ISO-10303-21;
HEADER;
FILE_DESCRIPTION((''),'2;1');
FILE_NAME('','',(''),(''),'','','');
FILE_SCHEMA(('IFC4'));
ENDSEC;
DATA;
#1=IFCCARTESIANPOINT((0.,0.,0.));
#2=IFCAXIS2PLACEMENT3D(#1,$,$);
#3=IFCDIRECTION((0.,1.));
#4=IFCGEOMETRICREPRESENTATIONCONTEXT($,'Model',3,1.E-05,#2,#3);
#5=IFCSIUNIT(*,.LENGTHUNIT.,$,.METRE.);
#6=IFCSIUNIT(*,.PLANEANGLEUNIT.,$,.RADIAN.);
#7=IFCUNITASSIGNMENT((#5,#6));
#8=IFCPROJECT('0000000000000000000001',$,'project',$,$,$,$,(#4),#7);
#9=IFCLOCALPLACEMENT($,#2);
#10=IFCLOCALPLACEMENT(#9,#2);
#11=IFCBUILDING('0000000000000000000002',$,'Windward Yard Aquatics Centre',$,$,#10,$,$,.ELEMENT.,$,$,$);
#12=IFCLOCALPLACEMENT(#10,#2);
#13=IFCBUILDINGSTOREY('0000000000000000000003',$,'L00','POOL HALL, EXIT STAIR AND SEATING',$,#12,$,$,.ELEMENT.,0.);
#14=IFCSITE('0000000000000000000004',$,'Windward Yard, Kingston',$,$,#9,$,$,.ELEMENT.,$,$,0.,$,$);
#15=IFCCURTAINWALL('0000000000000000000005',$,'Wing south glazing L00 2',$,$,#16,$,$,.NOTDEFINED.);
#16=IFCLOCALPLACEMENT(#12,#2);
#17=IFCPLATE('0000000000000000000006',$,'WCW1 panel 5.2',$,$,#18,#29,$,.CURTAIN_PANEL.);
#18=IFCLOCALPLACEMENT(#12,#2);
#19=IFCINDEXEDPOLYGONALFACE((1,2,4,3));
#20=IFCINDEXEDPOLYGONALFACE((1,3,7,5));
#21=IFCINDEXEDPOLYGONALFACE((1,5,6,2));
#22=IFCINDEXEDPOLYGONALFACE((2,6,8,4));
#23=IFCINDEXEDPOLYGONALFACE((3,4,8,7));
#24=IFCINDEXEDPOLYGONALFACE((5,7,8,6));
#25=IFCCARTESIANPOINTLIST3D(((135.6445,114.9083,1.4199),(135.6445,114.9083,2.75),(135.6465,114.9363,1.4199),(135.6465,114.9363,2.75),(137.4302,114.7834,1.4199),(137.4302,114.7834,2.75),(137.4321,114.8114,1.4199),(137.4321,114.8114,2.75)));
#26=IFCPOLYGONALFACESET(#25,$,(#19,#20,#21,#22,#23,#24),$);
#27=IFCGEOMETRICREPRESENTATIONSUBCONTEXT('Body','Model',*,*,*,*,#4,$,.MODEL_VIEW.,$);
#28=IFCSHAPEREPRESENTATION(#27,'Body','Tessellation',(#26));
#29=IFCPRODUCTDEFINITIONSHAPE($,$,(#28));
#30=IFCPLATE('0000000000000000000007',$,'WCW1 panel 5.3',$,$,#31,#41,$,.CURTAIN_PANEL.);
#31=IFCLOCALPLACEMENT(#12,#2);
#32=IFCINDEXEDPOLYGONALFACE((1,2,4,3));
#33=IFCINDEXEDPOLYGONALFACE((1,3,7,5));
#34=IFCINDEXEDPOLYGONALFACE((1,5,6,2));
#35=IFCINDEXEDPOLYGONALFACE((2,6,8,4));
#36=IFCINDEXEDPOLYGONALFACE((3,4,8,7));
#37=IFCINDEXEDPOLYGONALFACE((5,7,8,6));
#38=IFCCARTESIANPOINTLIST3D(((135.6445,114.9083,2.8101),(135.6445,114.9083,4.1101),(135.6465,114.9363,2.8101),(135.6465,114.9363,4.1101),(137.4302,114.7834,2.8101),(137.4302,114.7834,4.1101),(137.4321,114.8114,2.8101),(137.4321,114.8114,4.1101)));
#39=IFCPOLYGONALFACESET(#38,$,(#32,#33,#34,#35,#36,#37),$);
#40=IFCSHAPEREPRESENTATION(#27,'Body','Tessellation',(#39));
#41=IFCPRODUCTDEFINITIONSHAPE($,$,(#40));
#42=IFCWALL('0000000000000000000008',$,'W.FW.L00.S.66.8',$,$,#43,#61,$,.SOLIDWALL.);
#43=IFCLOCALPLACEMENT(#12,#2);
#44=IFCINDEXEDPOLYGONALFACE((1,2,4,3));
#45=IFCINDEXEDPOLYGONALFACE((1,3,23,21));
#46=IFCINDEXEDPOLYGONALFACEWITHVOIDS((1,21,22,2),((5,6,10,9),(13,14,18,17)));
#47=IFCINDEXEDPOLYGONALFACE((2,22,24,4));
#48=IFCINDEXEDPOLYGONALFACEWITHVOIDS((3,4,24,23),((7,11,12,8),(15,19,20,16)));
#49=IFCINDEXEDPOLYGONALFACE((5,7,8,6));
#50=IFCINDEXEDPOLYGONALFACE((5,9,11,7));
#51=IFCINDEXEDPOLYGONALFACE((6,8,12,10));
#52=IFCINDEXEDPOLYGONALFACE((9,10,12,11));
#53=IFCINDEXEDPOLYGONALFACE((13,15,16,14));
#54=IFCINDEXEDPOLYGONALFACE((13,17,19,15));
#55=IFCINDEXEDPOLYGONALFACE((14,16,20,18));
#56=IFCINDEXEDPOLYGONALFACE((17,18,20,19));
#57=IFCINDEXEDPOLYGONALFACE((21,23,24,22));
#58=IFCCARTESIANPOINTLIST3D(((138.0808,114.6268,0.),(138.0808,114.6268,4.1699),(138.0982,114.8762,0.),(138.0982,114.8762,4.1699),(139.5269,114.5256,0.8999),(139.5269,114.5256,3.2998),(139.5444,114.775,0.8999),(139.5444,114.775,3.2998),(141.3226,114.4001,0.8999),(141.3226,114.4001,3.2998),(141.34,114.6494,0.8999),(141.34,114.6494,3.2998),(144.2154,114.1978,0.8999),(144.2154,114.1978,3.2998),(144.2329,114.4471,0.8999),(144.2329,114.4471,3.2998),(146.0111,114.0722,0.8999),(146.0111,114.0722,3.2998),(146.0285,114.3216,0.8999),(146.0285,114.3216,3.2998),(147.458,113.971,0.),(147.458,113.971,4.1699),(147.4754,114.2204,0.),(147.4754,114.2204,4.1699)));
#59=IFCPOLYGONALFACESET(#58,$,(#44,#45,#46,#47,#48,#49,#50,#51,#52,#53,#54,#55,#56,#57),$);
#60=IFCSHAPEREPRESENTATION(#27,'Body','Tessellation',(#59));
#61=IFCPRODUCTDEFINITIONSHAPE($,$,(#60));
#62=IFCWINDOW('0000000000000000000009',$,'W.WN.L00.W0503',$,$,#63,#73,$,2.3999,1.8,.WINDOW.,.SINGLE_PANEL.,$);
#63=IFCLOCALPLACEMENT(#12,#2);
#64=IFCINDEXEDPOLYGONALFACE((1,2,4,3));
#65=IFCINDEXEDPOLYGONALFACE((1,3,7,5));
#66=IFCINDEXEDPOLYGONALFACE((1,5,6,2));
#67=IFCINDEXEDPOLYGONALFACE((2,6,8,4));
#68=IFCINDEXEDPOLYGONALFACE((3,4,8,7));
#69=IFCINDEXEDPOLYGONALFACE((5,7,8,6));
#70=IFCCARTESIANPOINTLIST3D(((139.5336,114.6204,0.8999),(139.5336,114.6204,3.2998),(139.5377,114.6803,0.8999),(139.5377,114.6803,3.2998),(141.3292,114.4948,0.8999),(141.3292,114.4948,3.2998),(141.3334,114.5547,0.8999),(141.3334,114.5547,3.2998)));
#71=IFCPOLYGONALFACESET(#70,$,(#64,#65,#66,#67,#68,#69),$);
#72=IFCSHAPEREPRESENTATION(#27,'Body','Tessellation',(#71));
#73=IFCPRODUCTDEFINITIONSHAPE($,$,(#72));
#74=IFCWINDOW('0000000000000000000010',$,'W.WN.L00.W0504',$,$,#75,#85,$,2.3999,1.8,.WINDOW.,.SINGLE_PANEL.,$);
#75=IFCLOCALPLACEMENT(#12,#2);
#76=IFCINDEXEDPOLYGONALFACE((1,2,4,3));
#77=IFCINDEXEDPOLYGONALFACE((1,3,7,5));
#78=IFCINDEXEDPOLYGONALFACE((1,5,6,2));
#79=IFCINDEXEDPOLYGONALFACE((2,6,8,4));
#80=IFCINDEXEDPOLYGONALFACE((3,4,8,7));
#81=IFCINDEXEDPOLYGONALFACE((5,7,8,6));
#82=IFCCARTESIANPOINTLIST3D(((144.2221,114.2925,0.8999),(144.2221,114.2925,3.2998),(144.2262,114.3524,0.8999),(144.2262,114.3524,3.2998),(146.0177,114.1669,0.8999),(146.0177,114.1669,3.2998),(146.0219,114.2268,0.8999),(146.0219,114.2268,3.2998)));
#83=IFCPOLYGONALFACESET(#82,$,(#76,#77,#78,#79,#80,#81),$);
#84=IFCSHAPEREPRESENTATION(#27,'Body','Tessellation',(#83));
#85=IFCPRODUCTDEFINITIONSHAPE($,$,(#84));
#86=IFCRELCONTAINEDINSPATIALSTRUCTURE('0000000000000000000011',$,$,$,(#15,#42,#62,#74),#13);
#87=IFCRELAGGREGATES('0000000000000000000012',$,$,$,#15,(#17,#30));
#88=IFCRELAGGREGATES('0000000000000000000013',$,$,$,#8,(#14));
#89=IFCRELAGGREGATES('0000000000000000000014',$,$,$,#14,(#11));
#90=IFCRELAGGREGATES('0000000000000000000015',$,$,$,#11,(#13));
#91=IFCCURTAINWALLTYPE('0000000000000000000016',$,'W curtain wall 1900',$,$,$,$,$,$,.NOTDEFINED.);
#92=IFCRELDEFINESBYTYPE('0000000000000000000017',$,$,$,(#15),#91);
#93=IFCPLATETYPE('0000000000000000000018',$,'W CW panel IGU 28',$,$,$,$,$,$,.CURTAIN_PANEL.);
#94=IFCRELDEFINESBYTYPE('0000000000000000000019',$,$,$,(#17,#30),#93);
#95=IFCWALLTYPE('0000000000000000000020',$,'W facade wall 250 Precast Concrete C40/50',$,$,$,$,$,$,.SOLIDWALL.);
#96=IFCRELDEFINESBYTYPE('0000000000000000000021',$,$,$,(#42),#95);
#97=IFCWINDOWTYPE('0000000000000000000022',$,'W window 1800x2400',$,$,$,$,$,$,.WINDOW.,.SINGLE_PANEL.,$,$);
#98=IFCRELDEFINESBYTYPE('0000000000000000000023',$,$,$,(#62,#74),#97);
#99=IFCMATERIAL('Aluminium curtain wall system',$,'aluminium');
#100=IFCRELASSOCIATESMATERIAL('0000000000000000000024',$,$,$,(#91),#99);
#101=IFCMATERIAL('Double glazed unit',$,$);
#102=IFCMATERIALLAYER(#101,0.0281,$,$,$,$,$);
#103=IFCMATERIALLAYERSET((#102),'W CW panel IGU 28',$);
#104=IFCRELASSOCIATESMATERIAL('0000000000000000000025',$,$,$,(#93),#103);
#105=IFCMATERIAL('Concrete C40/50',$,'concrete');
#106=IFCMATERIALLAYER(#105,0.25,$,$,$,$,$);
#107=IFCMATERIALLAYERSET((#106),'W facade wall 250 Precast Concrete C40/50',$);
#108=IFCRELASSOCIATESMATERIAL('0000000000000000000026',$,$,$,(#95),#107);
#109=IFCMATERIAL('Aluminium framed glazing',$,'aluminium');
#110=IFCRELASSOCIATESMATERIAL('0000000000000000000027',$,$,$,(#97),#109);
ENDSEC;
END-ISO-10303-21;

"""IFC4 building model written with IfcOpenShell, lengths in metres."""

from ifc_helpers import new_model, si_unit, direction, frame, frame_2d, origin, origin_2d, place, context, subcontext, project, spatial, rectangle, extrude, material, layer, layer_set, type_object, element, fill, aggregate, save


model = new_model("IFC4")

# Units and contexts
model_context = context("Model", 3, precision=1e-05, world=origin(), true_north=direction((0.0, 1.0)))
body_context = subcontext(model_context, "Body", "Model", "MODEL_VIEW")
ifc_project = project(units=[si_unit("LENGTHUNIT", "METRE"), si_unit("PLANEANGLEUNIT", "RADIAN")], contexts=[model_context])

# Site, building, storey
site_placement = place(None, origin())
site = spatial("IfcSite", under=ifc_project, at=site_placement, Name="Windward Yard, Kingston", CompositionType="ELEMENT", RefElevation=0.0)
building_placement = place(site_placement, origin())
building = spatial("IfcBuilding", under=site, at=building_placement, Name="Windward Yard Aquatics Centre", CompositionType="ELEMENT")
storey_placement = place(building_placement, origin())
storey = spatial("IfcBuildingStorey", under=building, at=storey_placement, Name="L00", Description="POOL HALL, EXIT STAIR AND SEATING", CompositionType="ELEMENT", Elevation=0.0)

# Curtain wall, plates
ifc_material_1 = material(Name="Aluminium curtain wall system", Category="aluminium")
curtain_wall_type = type_object("IfcCurtainWallType", Name="W curtain wall 1900", PredefinedType="NOTDEFINED", material=ifc_material_1)
curtain_wall_placement = place(storey_placement, origin())
curtain_wall = element("IfcCurtainWall", 1, at=curtain_wall_placement, inside=storey, type_object=curtain_wall_type, Name="Wing south glazing L00 2", PredefinedType="NOTDEFINED")
ifc_material_2 = material(Name="Double glazed unit")
ifc_layer_1 = layer(ifc_material_2, 0.0281)
ifc_layer_set_1 = layer_set([ifc_layer_1], Name="W CW panel IGU 28")
plate_type = type_object("IfcPlateType", Name="W CW panel IGU 28", PredefinedType="CURTAIN_PANEL", material=ifc_layer_set_1)
plate_1_placement = place(storey_placement, frame((136.5383, 114.8599, 1.4199), z_axis=(0.0, 0.0, 1.0), x_axis=(0.997564, -0.069755, 0.0)))
plate_1 = element("IfcPlate", 2, at=plate_1_placement, type_object=plate_type, Name="WCW1 panel 5.2", PredefinedType="CURTAIN_PANEL", context=body_context, shape_type="SweptSolid", body=[
    extrude(rectangle(XDim=1.79, YDim=0.0281, at=origin_2d()), origin(), (0.0, 0.0, 1.0), 1.3301),
])
plate_2_placement = place(storey_placement, frame((136.5383, 114.8599, 2.8101), z_axis=(0.0, 0.0, 1.0), x_axis=(0.997564, -0.069755, 0.0)))
plate_2 = element("IfcPlate", 3, at=plate_2_placement, type_object=plate_type, Name="WCW1 panel 5.3", PredefinedType="CURTAIN_PANEL", context=body_context, shape_type="SweptSolid", body=[
    extrude(rectangle(XDim=1.79, YDim=0.0281, at=origin_2d()), origin(), (0.0, 0.0, 1.0), 1.3),
])
aggregate(curtain_wall, [plate_1, plate_2])

# Wall, openings, windows
ifc_material_3 = material(Name="Concrete C40/50", Category="concrete")
ifc_layer_2 = layer(ifc_material_3, 0.25)
ifc_layer_set_2 = layer_set([ifc_layer_2], Name="W facade wall 250 Precast Concrete C40/50")
wall_type = type_object("IfcWallType", Name="W facade wall 250 Precast Concrete C40/50", PredefinedType="SOLIDWALL", material=ifc_layer_set_2)
wall_placement = place(storey_placement, frame((138.0894, 114.7515, 0.0), z_axis=(0.0, 0.0, 1.0), x_axis=(0.997564, -0.069761, 0.0)))
wall = element("IfcWall", 4, at=wall_placement, inside=storey, type_object=wall_type, Name="W.FW.L00.S.66.8", PredefinedType="SOLIDWALL", context=body_context, shape_type="SweptSolid", body=[
    extrude(rectangle(XDim=9.4001, YDim=0.25, at=frame_2d((4.7002, 0.0))), origin(), (0.0, 0.0, 1.0), 4.1699),
])
opening_1_placement = place(wall_placement, frame((1.45, 0.0, 0.8999)))
opening_1 = element("IfcOpeningElement", 5, at=opening_1_placement, cuts=wall, PredefinedType="OPENING", context=body_context, shape_type="SweptSolid", body=[
    extrude(rectangle(XDim=1.8, YDim=2.3999, at=frame_2d((0.8999, 1.2))), frame((0.0, 0.135, 0.0), z_axis=(0.0, -1.0, 0.0), x_axis=(1.0, 0.0, 0.0)), (0.0, 0.0, 1.0), 0.27),
])
opening_2_placement = place(wall_placement, frame((6.1499, 0.0, 0.8999)))
opening_2 = element("IfcOpeningElement", 6, at=opening_2_placement, cuts=wall, PredefinedType="OPENING", context=body_context, shape_type="SweptSolid", body=[
    extrude(rectangle(XDim=1.8, YDim=2.3999, at=frame_2d((0.8999, 1.2))), frame((0.0, 0.135, 0.0), z_axis=(0.0, -1.0, 0.0), x_axis=(1.0, 0.0, 0.0)), (0.0, 0.0, 1.0), 0.27),
])
ifc_material_4 = material(Name="Aluminium framed glazing", Category="aluminium")
window_type = type_object("IfcWindowType", Name="W window 1800x2400", PartitioningType="SINGLE_PANEL", PredefinedType="WINDOW", material=ifc_material_4)
window_1_placement = place(opening_1_placement, origin())
window_1 = element("IfcWindow", 7, at=window_1_placement, inside=storey, type_object=window_type, Name="W.WN.L00.W0503", OverallHeight=2.3999, OverallWidth=1.8, PartitioningType="SINGLE_PANEL", PredefinedType="WINDOW", context=body_context, shape_type="SweptSolid", body=[
    extrude(rectangle(XDim=1.8, YDim=2.3999, at=frame_2d((0.8999, 1.2))), frame((0.0, 0.03, 0.0), z_axis=(0.0, -1.0, 0.0), x_axis=(1.0, 0.0, 0.0)), (0.0, 0.0, 1.0), 0.0601),
])
fill(opening_1, window_1)
window_2_placement = place(opening_2_placement, origin())
window_2 = element("IfcWindow", 8, at=window_2_placement, inside=storey, type_object=window_type, Name="W.WN.L00.W0504", OverallHeight=2.3999, OverallWidth=1.8, PartitioningType="SINGLE_PANEL", PredefinedType="WINDOW", context=body_context, shape_type="SweptSolid", body=[
    extrude(rectangle(XDim=1.8, YDim=2.3999, at=frame_2d((0.8999, 1.2))), frame((0.0, 0.03, 0.0), z_axis=(0.0, -1.0, 0.0), x_axis=(1.0, 0.0, 0.0)), (0.0, 0.0, 1.0), 0.0601),
])
fill(opening_2, window_2)

save(model, "model.ifc")
